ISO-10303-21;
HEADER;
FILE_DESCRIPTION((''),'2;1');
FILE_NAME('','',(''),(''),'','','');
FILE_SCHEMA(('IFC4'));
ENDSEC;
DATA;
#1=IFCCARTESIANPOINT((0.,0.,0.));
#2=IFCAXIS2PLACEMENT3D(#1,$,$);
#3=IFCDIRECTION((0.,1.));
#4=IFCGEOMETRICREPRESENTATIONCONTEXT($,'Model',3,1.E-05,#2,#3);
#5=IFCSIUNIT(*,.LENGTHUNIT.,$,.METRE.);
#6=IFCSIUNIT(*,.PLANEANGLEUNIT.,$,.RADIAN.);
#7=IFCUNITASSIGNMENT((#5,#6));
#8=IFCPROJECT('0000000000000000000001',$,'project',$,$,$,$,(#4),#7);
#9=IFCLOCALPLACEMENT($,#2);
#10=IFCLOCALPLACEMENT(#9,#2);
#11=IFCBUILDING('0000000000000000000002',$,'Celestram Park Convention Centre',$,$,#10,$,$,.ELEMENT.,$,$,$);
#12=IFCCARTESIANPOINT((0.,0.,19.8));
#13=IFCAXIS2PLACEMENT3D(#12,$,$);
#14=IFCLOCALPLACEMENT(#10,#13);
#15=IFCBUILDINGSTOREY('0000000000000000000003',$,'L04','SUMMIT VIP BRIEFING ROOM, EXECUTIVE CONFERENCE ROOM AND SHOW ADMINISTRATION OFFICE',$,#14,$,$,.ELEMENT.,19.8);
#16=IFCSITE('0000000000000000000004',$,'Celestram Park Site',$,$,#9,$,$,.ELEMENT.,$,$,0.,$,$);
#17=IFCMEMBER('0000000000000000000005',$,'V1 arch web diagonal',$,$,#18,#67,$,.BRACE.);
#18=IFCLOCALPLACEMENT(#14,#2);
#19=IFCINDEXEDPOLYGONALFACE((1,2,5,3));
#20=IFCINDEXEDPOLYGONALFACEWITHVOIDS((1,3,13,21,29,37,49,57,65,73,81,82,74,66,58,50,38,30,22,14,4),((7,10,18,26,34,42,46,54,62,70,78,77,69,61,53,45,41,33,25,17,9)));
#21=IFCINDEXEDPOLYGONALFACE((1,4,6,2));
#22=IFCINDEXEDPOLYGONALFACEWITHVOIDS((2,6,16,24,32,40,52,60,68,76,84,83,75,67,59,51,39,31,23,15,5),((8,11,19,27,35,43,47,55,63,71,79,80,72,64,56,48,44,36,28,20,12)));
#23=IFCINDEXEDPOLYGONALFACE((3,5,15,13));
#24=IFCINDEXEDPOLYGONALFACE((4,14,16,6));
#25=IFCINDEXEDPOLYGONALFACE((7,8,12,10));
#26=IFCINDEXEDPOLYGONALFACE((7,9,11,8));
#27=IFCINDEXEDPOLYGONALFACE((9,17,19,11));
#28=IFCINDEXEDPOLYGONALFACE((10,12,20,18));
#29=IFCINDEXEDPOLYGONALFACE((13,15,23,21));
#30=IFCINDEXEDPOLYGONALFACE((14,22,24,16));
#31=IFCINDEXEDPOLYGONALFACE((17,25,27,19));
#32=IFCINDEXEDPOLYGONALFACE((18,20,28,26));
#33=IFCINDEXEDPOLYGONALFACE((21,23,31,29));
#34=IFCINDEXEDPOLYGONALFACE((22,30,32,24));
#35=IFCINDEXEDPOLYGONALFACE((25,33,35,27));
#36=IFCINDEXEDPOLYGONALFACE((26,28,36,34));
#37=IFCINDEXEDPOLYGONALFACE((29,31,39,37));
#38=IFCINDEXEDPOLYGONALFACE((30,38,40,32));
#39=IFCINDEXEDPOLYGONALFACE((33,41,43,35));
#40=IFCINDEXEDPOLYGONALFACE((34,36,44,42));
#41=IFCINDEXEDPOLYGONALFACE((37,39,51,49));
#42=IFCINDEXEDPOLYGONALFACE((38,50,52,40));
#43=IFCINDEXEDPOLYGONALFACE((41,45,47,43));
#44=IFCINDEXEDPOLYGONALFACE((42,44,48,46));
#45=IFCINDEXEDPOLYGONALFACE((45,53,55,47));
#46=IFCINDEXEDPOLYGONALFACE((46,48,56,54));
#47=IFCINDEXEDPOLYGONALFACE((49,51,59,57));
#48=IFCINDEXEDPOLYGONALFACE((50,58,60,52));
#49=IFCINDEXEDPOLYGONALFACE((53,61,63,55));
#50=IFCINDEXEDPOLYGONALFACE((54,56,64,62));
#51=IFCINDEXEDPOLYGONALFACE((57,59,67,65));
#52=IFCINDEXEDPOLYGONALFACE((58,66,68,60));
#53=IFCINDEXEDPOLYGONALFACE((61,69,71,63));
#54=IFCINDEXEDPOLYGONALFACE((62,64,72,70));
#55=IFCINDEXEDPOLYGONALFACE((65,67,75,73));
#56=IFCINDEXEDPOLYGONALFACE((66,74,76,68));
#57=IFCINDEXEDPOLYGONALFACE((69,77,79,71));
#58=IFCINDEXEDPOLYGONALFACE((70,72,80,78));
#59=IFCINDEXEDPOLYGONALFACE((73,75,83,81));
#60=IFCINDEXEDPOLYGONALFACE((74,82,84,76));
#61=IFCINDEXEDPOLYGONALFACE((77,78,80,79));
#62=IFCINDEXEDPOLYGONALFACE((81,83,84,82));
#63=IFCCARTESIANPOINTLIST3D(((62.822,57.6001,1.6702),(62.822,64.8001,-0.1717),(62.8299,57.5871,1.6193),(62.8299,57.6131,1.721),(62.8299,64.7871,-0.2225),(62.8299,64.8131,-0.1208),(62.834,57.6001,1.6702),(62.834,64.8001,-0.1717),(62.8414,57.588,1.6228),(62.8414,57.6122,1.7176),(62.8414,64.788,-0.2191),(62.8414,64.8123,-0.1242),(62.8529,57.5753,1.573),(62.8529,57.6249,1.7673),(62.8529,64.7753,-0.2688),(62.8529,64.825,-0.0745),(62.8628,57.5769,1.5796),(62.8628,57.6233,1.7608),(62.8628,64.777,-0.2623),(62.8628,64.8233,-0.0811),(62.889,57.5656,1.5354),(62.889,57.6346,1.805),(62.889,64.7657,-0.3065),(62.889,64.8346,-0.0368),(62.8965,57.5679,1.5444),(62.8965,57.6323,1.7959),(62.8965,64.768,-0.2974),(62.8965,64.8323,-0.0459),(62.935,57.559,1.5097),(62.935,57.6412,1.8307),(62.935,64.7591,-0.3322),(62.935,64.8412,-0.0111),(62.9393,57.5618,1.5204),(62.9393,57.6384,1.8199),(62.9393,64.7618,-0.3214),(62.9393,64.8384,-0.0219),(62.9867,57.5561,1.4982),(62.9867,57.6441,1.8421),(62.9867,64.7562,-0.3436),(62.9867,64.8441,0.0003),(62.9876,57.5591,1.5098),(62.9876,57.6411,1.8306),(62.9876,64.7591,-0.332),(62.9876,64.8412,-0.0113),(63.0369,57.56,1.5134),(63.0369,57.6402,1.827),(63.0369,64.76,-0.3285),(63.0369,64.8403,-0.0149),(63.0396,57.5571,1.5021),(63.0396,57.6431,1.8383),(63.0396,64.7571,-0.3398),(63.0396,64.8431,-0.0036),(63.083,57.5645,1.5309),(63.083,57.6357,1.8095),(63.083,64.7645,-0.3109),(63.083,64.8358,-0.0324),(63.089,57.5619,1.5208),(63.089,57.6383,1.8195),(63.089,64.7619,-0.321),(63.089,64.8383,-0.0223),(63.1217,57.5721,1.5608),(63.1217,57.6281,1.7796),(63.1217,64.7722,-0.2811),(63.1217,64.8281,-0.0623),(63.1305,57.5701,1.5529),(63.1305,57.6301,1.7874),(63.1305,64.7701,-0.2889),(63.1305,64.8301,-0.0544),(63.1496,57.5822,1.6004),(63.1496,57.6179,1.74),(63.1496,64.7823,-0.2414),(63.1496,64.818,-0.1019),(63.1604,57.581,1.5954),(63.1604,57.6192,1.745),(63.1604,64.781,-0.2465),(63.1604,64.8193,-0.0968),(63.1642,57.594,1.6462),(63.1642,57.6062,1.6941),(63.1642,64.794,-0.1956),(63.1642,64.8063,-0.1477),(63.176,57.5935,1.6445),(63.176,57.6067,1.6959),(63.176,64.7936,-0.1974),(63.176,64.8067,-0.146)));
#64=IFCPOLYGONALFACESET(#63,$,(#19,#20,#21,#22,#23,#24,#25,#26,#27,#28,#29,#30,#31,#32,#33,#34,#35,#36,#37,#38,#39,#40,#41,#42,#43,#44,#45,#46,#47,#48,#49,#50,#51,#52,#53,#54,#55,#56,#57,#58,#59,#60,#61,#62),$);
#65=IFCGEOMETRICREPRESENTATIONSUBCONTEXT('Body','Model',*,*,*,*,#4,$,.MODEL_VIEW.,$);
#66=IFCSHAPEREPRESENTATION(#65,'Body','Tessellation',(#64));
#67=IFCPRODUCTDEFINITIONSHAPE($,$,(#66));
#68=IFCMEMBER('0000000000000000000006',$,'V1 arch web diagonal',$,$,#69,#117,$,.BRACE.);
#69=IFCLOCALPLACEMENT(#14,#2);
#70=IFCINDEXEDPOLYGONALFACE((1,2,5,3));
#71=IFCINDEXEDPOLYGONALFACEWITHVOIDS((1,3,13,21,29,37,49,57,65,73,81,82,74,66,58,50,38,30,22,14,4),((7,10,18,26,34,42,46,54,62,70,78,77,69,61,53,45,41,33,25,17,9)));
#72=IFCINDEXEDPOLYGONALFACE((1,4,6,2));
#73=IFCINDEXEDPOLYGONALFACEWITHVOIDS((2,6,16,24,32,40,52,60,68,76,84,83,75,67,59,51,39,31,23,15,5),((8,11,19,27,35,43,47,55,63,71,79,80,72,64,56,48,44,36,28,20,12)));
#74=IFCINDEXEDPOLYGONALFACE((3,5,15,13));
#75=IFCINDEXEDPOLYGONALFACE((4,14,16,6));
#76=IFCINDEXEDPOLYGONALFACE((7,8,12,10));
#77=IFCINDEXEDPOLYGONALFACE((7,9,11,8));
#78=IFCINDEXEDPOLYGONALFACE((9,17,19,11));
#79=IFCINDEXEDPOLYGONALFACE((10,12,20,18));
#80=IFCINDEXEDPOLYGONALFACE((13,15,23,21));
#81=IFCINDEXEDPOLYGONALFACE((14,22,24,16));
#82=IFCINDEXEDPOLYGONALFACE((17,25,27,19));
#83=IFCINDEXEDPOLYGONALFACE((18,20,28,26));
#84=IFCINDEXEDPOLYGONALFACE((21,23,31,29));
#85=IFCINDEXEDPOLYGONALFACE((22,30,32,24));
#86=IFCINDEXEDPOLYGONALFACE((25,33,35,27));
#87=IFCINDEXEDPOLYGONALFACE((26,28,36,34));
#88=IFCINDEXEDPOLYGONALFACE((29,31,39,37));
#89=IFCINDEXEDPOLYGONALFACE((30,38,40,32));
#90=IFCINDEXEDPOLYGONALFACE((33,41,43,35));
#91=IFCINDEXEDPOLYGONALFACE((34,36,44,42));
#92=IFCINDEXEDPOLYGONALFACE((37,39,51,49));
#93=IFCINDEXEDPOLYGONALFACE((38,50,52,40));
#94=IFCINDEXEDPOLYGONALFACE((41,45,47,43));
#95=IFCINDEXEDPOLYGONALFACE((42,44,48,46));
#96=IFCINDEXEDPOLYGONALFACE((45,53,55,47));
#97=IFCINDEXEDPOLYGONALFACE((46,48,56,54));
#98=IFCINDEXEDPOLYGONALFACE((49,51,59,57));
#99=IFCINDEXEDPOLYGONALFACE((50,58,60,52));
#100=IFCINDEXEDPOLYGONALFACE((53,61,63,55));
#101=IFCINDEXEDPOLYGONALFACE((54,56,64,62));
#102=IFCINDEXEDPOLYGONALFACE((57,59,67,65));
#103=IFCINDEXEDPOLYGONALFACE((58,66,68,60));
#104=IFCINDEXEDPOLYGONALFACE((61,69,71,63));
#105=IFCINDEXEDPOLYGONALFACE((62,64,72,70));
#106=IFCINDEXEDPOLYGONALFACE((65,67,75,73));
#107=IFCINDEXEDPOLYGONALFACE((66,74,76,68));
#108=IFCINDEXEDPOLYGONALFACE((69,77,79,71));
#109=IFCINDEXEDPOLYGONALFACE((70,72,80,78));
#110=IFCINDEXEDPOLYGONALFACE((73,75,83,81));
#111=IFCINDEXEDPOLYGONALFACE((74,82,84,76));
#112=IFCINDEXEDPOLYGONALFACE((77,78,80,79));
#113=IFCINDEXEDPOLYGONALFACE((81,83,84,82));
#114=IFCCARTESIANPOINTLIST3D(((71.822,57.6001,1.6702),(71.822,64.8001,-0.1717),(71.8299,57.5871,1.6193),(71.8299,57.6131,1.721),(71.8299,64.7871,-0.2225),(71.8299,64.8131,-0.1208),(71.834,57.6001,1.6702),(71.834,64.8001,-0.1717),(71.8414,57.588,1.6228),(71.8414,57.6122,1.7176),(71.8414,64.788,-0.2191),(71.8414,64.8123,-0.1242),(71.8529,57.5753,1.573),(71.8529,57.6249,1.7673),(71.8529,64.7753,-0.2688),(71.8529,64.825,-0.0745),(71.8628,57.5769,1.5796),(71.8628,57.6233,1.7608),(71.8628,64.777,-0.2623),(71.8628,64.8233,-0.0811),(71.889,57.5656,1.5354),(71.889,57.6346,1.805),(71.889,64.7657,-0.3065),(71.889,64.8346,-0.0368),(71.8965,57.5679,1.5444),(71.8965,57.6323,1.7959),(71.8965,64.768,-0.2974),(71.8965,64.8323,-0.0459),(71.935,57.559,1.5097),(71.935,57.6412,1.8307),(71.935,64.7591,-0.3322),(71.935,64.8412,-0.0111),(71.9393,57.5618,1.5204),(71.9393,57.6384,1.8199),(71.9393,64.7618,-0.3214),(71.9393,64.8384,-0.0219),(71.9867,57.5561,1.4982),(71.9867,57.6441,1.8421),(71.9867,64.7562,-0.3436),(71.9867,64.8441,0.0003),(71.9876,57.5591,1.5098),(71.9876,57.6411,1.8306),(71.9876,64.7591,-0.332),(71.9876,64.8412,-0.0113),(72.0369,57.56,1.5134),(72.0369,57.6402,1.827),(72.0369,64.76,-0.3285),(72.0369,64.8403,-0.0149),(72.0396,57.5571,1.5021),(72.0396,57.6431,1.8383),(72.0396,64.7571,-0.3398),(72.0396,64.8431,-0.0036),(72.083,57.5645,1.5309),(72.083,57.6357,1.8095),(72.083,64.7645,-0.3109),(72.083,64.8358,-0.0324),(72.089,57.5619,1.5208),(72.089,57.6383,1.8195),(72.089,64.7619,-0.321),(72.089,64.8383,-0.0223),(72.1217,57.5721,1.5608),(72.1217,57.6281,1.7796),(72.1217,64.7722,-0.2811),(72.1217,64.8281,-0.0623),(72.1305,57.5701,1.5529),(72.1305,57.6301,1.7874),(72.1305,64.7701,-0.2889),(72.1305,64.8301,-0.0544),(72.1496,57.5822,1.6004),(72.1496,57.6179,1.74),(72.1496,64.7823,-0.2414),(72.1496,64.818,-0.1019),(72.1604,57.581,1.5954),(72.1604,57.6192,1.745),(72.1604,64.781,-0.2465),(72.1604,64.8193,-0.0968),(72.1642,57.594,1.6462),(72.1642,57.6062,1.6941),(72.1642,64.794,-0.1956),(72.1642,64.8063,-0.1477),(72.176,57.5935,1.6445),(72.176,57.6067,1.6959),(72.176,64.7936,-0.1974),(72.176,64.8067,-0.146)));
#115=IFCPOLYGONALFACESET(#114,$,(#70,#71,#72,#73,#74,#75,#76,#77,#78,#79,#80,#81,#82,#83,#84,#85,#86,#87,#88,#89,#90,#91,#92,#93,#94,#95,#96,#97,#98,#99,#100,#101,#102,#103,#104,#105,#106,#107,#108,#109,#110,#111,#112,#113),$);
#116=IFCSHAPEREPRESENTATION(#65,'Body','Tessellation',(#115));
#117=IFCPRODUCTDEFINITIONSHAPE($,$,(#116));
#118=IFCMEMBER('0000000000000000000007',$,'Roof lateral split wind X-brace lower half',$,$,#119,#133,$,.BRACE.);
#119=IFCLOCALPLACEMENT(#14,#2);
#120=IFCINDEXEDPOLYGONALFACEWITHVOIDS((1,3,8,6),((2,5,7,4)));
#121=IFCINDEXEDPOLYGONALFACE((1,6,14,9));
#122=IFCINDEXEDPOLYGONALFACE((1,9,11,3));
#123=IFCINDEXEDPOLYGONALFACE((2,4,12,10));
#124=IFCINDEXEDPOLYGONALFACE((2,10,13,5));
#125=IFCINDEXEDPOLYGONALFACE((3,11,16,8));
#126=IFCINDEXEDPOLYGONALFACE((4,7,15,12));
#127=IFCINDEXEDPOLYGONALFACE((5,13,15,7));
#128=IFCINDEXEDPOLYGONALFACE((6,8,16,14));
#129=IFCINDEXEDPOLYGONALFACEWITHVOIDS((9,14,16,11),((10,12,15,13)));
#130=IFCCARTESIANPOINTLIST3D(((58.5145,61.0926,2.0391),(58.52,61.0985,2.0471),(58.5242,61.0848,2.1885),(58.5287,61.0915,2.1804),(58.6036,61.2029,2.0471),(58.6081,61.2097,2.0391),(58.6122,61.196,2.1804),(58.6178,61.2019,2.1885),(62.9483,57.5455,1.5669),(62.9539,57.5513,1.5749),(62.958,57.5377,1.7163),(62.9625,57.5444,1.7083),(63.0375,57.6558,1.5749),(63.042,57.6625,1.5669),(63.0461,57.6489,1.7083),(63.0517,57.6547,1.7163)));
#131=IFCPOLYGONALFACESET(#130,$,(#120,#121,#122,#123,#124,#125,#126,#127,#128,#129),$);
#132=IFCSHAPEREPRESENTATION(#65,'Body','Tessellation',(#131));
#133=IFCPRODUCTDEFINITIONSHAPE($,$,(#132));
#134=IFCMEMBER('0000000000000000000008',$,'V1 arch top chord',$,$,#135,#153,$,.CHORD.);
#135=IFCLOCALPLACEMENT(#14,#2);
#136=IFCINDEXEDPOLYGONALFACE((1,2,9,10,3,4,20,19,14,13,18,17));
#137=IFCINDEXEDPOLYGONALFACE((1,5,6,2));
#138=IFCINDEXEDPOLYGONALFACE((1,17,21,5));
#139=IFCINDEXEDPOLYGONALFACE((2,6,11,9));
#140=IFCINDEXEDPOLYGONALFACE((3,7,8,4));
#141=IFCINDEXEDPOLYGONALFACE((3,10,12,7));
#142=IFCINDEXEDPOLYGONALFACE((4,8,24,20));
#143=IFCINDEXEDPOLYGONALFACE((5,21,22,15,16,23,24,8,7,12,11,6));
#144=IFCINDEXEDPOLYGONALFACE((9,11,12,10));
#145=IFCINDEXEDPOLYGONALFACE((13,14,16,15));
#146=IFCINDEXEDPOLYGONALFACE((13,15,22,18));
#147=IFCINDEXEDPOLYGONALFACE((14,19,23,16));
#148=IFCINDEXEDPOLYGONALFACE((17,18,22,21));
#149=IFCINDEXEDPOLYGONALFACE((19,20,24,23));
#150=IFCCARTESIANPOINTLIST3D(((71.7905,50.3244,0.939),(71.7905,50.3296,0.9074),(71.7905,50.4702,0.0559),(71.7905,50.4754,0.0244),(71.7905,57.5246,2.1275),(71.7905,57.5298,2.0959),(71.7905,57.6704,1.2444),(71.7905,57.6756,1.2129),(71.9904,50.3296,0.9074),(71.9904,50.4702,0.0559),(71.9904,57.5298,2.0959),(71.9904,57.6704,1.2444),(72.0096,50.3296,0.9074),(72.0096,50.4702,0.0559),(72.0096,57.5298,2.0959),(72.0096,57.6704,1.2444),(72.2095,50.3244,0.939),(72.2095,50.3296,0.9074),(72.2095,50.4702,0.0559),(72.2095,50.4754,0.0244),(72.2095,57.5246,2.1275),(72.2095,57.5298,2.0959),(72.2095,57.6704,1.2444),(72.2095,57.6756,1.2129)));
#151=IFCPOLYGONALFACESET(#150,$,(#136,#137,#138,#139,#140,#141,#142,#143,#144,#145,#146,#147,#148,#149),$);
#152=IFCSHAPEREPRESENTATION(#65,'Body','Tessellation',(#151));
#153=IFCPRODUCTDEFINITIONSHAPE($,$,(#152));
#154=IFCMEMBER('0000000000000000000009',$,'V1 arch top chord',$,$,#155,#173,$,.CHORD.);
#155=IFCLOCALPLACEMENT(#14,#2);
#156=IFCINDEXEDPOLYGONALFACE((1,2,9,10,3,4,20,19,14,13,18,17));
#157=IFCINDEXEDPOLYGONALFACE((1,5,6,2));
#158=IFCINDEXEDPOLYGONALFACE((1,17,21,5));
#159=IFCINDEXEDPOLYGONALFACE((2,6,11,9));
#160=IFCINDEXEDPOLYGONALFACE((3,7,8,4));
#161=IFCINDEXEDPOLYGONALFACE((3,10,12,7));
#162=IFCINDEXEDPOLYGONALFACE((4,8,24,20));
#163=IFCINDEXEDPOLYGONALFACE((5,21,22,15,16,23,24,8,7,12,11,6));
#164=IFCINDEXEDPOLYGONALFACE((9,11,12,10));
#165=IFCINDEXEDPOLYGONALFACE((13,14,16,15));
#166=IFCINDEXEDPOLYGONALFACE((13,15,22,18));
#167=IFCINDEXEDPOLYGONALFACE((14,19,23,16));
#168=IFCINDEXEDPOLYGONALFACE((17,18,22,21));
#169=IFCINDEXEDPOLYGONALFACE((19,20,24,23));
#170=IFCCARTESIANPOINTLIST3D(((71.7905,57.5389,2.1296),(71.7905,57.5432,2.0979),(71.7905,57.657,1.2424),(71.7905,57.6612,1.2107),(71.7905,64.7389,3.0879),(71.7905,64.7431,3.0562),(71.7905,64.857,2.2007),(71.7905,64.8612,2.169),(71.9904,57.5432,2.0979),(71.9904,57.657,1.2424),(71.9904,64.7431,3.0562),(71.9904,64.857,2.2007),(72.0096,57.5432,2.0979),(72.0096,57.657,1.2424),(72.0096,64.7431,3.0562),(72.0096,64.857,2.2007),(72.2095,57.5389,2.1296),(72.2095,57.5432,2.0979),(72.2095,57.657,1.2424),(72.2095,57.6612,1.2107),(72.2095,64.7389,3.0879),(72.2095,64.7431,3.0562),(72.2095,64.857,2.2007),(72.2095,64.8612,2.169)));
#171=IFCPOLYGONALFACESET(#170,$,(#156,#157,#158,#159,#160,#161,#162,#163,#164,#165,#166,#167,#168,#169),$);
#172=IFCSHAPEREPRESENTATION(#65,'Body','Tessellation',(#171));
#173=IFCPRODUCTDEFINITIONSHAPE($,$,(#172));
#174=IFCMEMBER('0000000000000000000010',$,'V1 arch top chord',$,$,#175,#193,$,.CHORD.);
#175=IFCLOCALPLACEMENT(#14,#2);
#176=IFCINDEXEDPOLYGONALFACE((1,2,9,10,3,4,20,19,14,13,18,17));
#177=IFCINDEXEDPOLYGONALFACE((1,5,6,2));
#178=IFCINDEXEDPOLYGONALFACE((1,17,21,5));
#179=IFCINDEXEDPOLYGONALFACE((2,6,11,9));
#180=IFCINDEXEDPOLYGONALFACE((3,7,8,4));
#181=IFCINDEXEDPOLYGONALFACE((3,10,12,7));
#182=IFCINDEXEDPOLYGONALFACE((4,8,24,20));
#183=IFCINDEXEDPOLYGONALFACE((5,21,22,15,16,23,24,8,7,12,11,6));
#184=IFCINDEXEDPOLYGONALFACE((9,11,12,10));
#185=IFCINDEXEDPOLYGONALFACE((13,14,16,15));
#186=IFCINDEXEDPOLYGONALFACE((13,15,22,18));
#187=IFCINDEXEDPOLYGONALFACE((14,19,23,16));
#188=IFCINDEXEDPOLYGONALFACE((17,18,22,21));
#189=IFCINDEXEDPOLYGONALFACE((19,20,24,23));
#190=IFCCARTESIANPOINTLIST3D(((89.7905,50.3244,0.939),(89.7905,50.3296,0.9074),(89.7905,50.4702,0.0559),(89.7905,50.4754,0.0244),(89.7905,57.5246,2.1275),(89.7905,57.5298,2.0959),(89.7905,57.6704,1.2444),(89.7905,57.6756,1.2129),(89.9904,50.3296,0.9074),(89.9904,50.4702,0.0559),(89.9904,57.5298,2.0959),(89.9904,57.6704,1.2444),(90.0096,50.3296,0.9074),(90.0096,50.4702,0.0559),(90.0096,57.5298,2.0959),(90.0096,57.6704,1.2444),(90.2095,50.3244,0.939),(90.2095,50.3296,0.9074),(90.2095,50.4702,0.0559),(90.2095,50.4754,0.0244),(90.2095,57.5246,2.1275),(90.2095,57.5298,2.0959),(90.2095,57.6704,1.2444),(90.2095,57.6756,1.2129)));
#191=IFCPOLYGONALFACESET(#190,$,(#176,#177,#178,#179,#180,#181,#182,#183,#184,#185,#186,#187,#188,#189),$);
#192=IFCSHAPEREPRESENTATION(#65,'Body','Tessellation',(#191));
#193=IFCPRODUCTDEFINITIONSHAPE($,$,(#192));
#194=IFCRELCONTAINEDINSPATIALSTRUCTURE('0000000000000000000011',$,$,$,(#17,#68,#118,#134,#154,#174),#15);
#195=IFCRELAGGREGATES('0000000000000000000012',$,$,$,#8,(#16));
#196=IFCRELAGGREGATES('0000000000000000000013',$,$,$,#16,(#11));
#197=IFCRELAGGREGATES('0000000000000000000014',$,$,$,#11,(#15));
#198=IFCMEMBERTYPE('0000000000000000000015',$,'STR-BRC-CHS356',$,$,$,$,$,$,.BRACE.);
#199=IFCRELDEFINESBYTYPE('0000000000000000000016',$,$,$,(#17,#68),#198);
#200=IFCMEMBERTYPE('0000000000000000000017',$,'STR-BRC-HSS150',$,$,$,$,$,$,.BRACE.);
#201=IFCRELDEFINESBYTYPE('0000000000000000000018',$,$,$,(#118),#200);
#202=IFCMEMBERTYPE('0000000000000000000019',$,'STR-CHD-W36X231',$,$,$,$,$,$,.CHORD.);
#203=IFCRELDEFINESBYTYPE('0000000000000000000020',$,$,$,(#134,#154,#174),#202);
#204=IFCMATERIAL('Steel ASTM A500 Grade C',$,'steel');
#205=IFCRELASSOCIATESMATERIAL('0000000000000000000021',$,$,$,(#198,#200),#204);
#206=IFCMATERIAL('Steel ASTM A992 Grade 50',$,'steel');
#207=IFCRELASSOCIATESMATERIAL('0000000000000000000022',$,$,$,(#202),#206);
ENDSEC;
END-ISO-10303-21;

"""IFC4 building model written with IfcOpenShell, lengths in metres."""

from ifc_helpers import new_model, si_unit, direction, frame, origin, origin_2d, place, context, subcontext, project, spatial, hollow_rectangle, hollow_circle, i_section, extrude, material, material_profile, profile_set, type_object, element, save


model = new_model("IFC4")

# Units and contexts
model_context = context("Model", 3, precision=1e-05, world=origin(), true_north=direction((0.0, 1.0)))
body_context = subcontext(model_context, "Body", "Model", "MODEL_VIEW")
ifc_project = project(units=[si_unit("LENGTHUNIT", "METRE"), si_unit("PLANEANGLEUNIT", "RADIAN")], contexts=[model_context])

# Site, building, storey
site_placement = place(None, origin())
site = spatial("IfcSite", under=ifc_project, at=site_placement, Name="Celestram Park Site", CompositionType="ELEMENT", RefElevation=0.0)
building_placement = place(site_placement, origin())
building = spatial("IfcBuilding", under=site, at=building_placement, Name="Celestram Park Convention Centre", CompositionType="ELEMENT")
storey_placement = place(building_placement, frame((0.0, 0.0, 19.8)))
storey = spatial("IfcBuildingStorey", under=building, at=storey_placement, Name="L04", Description="SUMMIT VIP BRIEFING ROOM, EXECUTIVE CONFERENCE ROOM AND SHOW ADMINISTRATION OFFICE", CompositionType="ELEMENT", Elevation=19.8)

# Members
ifc_material_1 = material(Name="Steel ASTM A500 Grade C", Category="steel")
ifc_material_profile_1 = material_profile(ifc_material_1, hollow_circle(Radius=0.178, WallThickness=0.012, at=origin_2d()), Name="CHS356X12")
ifc_profile_set_1 = profile_set([ifc_material_profile_1], Name="Steel ASTM A500 Grade C")
member_type_1 = type_object("IfcMemberType", Name="STR-BRC-CHS356", PredefinedType="BRACE", material=ifc_profile_set_1)
for number, where, z_axis, x_axis, name in (
    (1, (63.0, 57.6001, 1.6702), (0.0, 0.968804, -0.247827), (-1.0, 0.0, 0.0), "V1 arch web diagonal"),
    (2, (72.0, 57.6001, 1.6702), (0.0, 0.968804, -0.247827), (-1.0, 0.0, 0.0), "V1 arch web diagonal"),
):
    element("IfcMember", number, at=place(storey_placement, frame(where, z_axis=z_axis, x_axis=x_axis)), inside=storey, type_object=member_type_1, Name=name, PredefinedType="BRACE", context=body_context, shape_type="SweptSolid", body=[
        extrude(hollow_circle(Radius=0.178, WallThickness=0.012, at=origin_2d()), origin(), (0.0, 0.0, 1.0), 7.4319),
    ])
ifc_material_profile_2 = material_profile(ifc_material_1, hollow_rectangle(XDim=0.1499, YDim=0.1499, WallThickness=0.0081, at=origin_2d()), Name="HSS150X150X8")
ifc_profile_set_2 = profile_set([ifc_material_profile_2], Name="Steel ASTM A500 Grade C")
member_type_2 = type_object("IfcMemberType", Name="STR-BRC-HSS150", PredefinedType="BRACE", material=ifc_profile_set_2)
member_1_placement = place(storey_placement, frame((63.0, 57.6001, 1.6416), z_axis=(-0.778179, 0.622552, 0.08287), x_axis=(-0.6247, -0.780865, 0.0)))
element("IfcMember", 3, at=member_1_placement, inside=storey, type_object=member_type_2, Name="Roof lateral split wind X-brace lower half", PredefinedType="BRACE", context=body_context, shape_type="SweptSolid", body=[
    extrude(hollow_rectangle(XDim=0.1499, YDim=0.1499, WallThickness=0.0081, at=origin_2d()), origin(), (0.0, 0.0, 1.0), 5.6978),
])
ifc_material_2 = material(Name="Steel ASTM A992 Grade 50", Category="steel")
ifc_material_profile_3 = material_profile(ifc_material_2, i_section(OverallWidth=0.4189, OverallDepth=0.927, WebThickness=0.0193, FlangeThickness=0.032, at=origin_2d()), Name="W36X231")
ifc_profile_set_3 = profile_set([ifc_material_profile_3], Name="Steel ASTM A992 Grade 50")
member_type_3 = type_object("IfcMemberType", Name="STR-CHD-W36X231", PredefinedType="CHORD", material=ifc_profile_set_3)
member_2_placement = place(storey_placement, frame((72.0, 50.3999, 0.4817), z_axis=(0.0, 0.98665, 0.162858), x_axis=(-1.0, 0.0, 0.0)))
element("IfcMember", 4, at=member_2_placement, inside=storey, type_object=member_type_3, Name="V1 arch top chord", PredefinedType="CHORD", context=body_context, shape_type="SweptSolid", body=[
    extrude(i_section(OverallWidth=0.4189, OverallDepth=0.927, WebThickness=0.0193, FlangeThickness=0.032, at=origin_2d()), origin(), (0.0, 0.0, 1.0), 7.2976),
])
member_3_placement = place(storey_placement, frame((72.0, 57.6001, 1.6702), z_axis=(0.0, 0.991259, 0.131928), x_axis=(-1.0, 0.0, 0.0)))
element("IfcMember", 5, at=member_3_placement, inside=storey, type_object=member_type_3, Name="V1 arch top chord", PredefinedType="CHORD", context=body_context, shape_type="SweptSolid", body=[
    extrude(i_section(OverallWidth=0.4189, OverallDepth=0.927, WebThickness=0.0193, FlangeThickness=0.032, at=origin_2d()), origin(), (0.0, 0.0, 1.0), 7.2634),
])
member_4_placement = place(storey_placement, frame((90.0, 50.3999, 0.4817), z_axis=(0.0, 0.98665, 0.162858), x_axis=(-1.0, 0.0, 0.0)))
element("IfcMember", 6, at=member_4_placement, inside=storey, type_object=member_type_3, Name="V1 arch top chord", PredefinedType="CHORD", context=body_context, shape_type="SweptSolid", body=[
    extrude(i_section(OverallWidth=0.4189, OverallDepth=0.927, WebThickness=0.0193, FlangeThickness=0.032, at=origin_2d()), origin(), (0.0, 0.0, 1.0), 7.2976),
])

save(model, "model.ifc")
